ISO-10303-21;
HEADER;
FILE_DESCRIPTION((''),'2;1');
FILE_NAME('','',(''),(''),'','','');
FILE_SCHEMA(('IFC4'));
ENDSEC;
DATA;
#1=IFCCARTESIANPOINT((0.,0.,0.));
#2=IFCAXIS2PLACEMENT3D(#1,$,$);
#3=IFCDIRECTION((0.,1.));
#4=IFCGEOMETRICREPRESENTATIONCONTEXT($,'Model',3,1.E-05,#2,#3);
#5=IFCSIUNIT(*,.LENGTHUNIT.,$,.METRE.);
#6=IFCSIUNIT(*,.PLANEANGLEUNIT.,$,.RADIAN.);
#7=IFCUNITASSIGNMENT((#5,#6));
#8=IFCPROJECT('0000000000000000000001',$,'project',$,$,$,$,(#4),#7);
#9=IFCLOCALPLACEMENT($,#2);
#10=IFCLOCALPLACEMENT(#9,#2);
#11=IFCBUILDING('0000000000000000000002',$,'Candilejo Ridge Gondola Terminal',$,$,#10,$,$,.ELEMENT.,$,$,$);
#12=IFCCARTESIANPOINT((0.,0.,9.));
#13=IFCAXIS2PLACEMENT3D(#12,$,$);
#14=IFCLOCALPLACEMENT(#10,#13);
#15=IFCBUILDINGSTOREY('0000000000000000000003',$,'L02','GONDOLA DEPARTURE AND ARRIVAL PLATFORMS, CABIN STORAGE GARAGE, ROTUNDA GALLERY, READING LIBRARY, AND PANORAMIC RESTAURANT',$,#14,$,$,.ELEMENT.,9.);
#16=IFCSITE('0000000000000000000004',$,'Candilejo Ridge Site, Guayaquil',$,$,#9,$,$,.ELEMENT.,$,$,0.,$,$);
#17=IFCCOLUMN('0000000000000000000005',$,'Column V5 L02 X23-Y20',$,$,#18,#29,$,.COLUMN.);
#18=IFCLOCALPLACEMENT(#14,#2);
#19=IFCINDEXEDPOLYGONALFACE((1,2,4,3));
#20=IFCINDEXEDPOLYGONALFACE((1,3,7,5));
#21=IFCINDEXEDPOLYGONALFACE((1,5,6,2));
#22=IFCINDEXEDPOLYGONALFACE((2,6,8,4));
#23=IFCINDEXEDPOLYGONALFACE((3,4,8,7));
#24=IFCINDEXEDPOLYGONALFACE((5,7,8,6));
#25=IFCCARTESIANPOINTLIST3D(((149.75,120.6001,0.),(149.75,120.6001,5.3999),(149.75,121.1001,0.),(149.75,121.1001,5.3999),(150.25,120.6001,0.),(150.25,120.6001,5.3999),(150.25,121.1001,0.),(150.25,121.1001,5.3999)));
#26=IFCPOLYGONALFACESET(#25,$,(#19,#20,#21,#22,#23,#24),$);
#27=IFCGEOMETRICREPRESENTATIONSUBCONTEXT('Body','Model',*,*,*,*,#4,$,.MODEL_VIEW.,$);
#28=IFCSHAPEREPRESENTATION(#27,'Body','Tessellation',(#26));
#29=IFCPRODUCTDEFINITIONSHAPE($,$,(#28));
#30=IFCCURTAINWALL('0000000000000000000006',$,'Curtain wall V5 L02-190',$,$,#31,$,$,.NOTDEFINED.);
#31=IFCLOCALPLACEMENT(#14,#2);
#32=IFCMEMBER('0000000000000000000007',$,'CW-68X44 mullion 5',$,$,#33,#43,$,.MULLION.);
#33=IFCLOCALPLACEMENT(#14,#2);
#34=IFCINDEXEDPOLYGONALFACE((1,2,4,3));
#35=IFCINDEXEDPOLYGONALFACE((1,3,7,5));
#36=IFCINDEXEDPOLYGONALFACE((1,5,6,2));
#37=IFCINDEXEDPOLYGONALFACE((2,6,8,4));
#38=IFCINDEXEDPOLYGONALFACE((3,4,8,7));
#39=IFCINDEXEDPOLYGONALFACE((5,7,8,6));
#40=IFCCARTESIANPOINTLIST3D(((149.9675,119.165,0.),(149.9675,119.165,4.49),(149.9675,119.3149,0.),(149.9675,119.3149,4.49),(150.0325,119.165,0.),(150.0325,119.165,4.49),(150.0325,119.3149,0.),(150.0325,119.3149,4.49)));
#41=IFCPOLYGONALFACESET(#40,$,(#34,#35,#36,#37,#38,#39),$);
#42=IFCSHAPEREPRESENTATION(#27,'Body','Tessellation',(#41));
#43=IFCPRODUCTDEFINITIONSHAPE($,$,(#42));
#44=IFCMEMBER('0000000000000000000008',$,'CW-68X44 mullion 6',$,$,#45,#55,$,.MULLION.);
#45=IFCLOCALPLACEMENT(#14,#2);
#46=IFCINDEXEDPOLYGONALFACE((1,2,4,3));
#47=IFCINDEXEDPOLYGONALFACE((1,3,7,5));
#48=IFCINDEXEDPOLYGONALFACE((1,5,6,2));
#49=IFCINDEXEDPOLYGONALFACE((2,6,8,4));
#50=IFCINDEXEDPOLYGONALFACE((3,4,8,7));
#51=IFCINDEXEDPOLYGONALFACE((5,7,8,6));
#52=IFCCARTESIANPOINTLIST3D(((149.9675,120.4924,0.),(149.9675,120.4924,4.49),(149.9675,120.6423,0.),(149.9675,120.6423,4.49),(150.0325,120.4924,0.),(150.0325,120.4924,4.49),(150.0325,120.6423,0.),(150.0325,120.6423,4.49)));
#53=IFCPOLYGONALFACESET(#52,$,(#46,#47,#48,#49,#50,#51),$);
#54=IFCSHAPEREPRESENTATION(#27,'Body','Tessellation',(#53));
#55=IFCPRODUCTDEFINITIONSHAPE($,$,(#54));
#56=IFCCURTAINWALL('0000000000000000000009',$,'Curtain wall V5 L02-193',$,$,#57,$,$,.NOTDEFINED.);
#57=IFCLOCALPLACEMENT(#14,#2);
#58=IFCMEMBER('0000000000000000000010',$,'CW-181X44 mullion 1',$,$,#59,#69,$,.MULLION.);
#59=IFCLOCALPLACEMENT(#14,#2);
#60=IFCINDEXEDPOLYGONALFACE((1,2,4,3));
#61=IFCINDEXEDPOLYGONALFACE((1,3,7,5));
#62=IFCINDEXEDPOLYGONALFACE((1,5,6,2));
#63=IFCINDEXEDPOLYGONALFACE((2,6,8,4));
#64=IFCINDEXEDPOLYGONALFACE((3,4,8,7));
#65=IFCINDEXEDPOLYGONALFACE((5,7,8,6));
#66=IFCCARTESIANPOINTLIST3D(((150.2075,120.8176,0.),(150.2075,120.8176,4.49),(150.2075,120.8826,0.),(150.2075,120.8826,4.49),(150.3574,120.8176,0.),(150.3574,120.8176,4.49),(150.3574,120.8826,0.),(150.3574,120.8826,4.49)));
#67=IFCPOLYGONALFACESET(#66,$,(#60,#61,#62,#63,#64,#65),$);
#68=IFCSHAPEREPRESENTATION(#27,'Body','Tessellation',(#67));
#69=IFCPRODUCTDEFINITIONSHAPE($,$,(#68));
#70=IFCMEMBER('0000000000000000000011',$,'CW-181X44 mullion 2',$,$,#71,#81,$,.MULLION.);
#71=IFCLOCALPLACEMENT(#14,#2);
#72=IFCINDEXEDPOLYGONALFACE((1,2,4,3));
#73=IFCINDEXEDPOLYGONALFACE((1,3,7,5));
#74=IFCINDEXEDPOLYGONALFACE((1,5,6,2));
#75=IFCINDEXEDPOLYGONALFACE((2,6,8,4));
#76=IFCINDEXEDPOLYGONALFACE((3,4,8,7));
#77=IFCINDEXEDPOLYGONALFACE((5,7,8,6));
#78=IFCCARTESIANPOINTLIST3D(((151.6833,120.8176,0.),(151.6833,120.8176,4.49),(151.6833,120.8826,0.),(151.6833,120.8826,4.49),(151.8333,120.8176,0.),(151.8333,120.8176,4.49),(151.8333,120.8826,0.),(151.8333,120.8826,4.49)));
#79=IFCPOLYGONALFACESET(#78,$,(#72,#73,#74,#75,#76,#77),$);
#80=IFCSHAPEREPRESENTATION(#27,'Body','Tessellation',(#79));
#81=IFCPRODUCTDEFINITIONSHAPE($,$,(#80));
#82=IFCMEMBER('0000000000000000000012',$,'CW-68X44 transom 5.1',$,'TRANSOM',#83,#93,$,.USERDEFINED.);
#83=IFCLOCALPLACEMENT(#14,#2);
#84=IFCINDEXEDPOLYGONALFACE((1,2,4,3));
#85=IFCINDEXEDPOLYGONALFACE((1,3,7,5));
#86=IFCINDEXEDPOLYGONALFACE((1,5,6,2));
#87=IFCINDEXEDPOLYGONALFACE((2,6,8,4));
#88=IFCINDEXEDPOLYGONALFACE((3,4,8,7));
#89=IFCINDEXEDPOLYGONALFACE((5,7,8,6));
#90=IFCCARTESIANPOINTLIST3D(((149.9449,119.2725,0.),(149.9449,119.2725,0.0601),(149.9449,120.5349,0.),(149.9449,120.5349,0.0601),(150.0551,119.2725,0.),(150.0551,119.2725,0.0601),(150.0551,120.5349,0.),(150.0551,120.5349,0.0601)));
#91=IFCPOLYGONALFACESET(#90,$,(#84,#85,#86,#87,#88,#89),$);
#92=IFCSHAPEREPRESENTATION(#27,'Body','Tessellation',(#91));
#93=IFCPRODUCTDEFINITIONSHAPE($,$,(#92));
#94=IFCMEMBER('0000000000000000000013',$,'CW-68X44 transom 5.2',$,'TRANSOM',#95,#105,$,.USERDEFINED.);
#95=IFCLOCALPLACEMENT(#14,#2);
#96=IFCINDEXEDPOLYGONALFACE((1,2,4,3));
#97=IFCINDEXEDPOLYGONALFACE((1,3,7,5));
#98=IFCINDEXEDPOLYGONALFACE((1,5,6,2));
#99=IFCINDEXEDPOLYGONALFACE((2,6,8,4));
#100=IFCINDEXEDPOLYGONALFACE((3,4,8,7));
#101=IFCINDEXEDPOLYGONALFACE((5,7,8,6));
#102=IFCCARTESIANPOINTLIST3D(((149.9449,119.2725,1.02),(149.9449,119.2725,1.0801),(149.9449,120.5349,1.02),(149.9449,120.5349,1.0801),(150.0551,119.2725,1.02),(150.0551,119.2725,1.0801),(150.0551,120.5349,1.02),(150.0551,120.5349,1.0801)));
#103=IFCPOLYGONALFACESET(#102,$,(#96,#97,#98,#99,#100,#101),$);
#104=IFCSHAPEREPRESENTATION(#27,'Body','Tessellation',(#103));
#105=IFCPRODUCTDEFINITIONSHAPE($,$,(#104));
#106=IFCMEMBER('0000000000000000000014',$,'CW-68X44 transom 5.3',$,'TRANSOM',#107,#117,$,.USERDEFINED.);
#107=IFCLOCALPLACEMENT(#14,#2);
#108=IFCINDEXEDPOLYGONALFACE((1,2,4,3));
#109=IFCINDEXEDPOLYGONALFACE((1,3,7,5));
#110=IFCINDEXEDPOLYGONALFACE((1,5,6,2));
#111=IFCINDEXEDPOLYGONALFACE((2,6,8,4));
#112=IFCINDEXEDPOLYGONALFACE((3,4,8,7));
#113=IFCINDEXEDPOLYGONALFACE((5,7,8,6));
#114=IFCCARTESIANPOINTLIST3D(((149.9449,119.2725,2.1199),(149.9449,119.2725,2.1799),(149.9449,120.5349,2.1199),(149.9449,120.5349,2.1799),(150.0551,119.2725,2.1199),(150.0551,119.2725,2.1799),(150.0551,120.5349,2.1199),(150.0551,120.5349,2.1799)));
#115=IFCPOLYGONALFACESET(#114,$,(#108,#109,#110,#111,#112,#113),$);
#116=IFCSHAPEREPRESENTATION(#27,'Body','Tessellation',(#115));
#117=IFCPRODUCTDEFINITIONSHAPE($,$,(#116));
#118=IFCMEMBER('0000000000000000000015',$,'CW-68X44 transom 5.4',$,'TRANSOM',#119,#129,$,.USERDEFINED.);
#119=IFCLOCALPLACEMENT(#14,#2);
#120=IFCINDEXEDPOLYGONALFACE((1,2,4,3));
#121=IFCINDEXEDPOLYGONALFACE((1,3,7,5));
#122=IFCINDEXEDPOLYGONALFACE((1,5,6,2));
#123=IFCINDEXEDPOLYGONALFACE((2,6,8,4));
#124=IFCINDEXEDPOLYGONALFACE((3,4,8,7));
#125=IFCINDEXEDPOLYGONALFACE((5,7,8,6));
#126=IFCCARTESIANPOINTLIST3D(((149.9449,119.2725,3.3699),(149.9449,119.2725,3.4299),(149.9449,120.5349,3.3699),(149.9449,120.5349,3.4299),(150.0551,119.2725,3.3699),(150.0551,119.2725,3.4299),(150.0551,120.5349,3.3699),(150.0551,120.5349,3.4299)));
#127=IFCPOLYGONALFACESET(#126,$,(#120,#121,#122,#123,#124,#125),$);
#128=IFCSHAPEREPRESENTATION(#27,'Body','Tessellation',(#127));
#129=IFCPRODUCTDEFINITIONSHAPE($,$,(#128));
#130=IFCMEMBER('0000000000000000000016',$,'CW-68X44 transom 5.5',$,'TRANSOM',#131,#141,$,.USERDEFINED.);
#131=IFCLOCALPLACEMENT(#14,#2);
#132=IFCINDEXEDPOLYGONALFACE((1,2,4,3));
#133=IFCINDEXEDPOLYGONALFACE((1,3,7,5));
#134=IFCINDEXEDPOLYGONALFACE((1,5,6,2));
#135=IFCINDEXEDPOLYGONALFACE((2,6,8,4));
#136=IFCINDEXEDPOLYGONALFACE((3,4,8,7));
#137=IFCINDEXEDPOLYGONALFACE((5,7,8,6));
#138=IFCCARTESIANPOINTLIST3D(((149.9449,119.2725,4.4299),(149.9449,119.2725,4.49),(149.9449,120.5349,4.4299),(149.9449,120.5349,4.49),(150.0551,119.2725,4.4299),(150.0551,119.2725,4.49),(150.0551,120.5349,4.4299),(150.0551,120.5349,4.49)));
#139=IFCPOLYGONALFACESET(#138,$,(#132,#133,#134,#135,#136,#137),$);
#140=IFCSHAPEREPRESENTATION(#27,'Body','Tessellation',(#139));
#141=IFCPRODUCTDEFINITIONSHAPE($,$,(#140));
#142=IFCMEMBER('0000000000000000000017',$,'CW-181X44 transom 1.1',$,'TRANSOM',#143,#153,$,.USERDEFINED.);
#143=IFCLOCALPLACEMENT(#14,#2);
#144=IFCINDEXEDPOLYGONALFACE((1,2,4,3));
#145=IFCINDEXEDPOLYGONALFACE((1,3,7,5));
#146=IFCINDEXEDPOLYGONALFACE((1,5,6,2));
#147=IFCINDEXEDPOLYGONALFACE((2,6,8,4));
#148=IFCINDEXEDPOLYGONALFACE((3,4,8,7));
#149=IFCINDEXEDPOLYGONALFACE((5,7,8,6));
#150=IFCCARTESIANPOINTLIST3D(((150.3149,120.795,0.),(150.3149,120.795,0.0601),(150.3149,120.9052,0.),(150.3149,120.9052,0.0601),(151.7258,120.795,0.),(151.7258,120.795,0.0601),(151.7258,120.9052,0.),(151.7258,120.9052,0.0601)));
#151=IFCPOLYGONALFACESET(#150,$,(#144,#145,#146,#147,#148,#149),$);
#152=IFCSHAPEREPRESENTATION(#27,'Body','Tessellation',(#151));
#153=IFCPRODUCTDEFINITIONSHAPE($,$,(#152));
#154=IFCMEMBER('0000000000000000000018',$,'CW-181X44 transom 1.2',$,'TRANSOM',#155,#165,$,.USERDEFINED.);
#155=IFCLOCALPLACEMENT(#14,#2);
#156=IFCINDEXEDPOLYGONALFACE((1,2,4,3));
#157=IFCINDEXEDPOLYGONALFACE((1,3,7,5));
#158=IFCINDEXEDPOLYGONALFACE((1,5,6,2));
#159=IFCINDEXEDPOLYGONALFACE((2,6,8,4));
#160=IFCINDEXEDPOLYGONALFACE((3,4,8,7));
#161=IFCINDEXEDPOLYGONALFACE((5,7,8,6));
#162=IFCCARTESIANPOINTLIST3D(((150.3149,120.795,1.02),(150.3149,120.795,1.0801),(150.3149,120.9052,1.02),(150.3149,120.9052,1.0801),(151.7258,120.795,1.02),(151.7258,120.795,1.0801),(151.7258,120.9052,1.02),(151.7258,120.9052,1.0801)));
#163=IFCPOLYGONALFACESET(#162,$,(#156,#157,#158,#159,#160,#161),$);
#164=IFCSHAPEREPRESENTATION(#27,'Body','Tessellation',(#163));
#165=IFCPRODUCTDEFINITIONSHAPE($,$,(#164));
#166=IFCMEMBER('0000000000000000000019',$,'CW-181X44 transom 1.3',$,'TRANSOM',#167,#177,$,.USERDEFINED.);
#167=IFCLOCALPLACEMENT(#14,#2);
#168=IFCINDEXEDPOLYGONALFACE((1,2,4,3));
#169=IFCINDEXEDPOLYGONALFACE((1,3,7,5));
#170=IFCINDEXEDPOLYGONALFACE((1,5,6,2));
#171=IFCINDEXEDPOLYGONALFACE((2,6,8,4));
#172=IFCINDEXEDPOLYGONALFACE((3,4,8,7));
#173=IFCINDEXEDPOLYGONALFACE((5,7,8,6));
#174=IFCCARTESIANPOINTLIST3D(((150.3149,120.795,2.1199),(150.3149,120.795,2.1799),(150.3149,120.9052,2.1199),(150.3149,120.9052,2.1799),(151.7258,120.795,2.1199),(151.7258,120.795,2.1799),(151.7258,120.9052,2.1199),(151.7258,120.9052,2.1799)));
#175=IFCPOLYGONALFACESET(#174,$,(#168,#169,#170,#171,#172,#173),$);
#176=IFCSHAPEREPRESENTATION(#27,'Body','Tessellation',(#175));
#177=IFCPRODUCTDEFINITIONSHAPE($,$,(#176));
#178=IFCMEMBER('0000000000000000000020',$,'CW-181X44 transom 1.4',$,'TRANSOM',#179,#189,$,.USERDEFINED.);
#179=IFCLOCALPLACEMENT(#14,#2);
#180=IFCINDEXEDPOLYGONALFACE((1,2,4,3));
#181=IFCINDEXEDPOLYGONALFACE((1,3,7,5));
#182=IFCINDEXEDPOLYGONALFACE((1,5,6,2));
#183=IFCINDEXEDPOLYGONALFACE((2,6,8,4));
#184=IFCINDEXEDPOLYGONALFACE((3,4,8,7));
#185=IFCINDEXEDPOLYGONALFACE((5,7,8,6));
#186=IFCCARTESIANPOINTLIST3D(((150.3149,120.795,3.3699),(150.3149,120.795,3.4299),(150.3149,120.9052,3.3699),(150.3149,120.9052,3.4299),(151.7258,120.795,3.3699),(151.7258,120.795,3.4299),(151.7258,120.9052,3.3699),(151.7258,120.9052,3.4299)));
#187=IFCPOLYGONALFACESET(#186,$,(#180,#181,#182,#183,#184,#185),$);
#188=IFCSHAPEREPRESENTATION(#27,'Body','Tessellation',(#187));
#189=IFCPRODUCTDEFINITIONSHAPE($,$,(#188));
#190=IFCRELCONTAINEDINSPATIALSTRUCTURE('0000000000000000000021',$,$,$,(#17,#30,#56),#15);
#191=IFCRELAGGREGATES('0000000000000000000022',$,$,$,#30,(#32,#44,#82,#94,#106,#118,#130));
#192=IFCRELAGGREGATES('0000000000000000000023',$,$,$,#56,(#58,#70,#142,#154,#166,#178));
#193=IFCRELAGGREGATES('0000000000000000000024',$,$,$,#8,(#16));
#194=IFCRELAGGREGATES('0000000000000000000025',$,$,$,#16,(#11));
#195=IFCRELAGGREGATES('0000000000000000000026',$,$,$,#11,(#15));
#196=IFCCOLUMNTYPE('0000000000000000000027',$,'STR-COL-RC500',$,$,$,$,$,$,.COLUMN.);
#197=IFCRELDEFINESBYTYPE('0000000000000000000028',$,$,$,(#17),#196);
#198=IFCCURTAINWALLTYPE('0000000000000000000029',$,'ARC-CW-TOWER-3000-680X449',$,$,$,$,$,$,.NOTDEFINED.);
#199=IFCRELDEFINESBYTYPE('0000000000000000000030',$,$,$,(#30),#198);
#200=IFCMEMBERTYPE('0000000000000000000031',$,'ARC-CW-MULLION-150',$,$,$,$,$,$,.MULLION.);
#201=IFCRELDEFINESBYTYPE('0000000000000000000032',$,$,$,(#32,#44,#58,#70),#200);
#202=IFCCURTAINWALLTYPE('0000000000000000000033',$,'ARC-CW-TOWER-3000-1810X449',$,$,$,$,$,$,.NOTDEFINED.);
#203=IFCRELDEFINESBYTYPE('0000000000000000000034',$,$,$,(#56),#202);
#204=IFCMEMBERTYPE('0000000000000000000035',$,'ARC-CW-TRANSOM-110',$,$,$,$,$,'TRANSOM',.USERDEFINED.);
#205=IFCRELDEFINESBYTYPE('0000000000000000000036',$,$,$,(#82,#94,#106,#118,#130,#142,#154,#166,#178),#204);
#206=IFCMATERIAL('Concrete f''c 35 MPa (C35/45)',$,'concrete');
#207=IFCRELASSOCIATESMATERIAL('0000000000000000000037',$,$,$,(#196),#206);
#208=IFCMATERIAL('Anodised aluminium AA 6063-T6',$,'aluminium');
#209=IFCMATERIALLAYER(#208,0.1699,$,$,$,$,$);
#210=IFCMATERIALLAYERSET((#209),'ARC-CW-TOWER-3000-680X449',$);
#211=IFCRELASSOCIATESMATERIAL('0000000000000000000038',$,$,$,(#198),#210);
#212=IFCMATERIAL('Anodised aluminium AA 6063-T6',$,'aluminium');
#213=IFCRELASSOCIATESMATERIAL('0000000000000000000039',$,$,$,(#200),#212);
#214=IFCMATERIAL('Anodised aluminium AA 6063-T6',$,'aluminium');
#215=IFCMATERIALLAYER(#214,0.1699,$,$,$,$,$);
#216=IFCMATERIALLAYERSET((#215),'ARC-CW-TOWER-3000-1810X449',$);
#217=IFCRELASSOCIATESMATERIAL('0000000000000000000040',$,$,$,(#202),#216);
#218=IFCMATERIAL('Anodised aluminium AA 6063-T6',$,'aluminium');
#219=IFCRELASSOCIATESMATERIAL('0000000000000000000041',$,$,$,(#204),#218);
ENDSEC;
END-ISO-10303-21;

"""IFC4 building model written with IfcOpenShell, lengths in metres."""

from ifc_helpers import new_model, si_unit, direction, frame, origin, origin_2d, place, context, subcontext, project, spatial, rectangle, extrude, material, layer, layer_set, material_profile, profile_set, type_object, element, aggregate, save


model = new_model("IFC4")

# Units and contexts
model_context = context("Model", 3, precision=1e-05, world=origin(), true_north=direction((0.0, 1.0)))
body_context = subcontext(model_context, "Body", "Model", "MODEL_VIEW")
ifc_project = project(units=[si_unit("LENGTHUNIT", "METRE"), si_unit("PLANEANGLEUNIT", "RADIAN")], contexts=[model_context])

# Site, building, storey
site_placement = place(None, origin())
site = spatial("IfcSite", under=ifc_project, at=site_placement, Name="Candilejo Ridge Site, Guayaquil", CompositionType="ELEMENT", RefElevation=0.0)
building_placement = place(site_placement, origin())
building = spatial("IfcBuilding", under=site, at=building_placement, Name="Candilejo Ridge Gondola Terminal", CompositionType="ELEMENT")
storey_placement = place(building_placement, frame((0.0, 0.0, 9.0)))
storey = spatial("IfcBuildingStorey", under=building, at=storey_placement, Name="L02", Description="GONDOLA DEPARTURE AND ARRIVAL PLATFORMS, CABIN STORAGE GARAGE, ROTUNDA GALLERY, READING LIBRARY, AND PANORAMIC RESTAURANT", CompositionType="ELEMENT", Elevation=9.0)

# Column
ifc_material_1 = material(Name="Concrete f'c 35 MPa (C35/45)", Category="concrete")
ifc_material_profile_1 = material_profile(ifc_material_1, rectangle(XDim=0.5, YDim=0.5, at=origin_2d()))
ifc_profile_set_1 = profile_set([ifc_material_profile_1], Name="Concrete f'c 35 MPa (C35/45)")
column_type = type_object("IfcColumnType", Name="STR-COL-RC500", PredefinedType="COLUMN", material=ifc_profile_set_1)
column_placement = place(storey_placement, frame((150.0, 120.8501, 0.0), z_axis=(0.0, 0.0, 1.0), x_axis=(1.0, 0.0, 0.0)))
element("IfcColumn", 1, at=column_placement, inside=storey, type_object=column_type, Name="Column V5 L02 X23-Y20", PredefinedType="COLUMN", context=body_context, shape_type="SweptSolid", body=[
    extrude(rectangle(XDim=0.5, YDim=0.5, at=origin_2d()), origin(), (0.0, 0.0, 1.0), 5.3999),
])

# Curtain walls, members
ifc_material_2 = material(Name="Anodised aluminium AA 6063-T6", Category="aluminium")
ifc_layer_1 = layer(ifc_material_2, 0.1699)
ifc_layer_set_1 = layer_set([ifc_layer_1], Name="ARC-CW-TOWER-3000-680X449")
curtain_wall_type_1 = type_object("IfcCurtainWallType", Name="ARC-CW-TOWER-3000-680X449", PredefinedType="NOTDEFINED", material=ifc_layer_set_1)
curtain_wall_1_placement = place(storey_placement, origin())
curtain_wall_1 = element("IfcCurtainWall", 2, at=curtain_wall_1_placement, inside=storey, type_object=curtain_wall_type_1, Name="Curtain wall V5 L02-190", PredefinedType="NOTDEFINED")
ifc_material_3 = material(Name="Anodised aluminium AA 6063-T6", Category="aluminium")
ifc_material_profile_2 = material_profile(ifc_material_3, rectangle(XDim=0.0649, YDim=0.1499, at=origin_2d()))
ifc_profile_set_2 = profile_set([ifc_material_profile_2], Name="Anodised aluminium AA 6063-T6")
member_type_1 = type_object("IfcMemberType", Name="ARC-CW-MULLION-150", PredefinedType="MULLION", material=ifc_profile_set_2)
member_1_placement = place(storey_placement, frame((150.0, 119.24, 0.0), z_axis=(0.0, 0.0, 1.0), x_axis=(-1.0, 0.0, 0.0)))
member_1 = element("IfcMember", 3, at=member_1_placement, type_object=member_type_1, Name="CW-68X44 mullion 5", PredefinedType="MULLION", context=body_context, shape_type="SweptSolid", body=[
    extrude(rectangle(XDim=0.0649, YDim=0.1499, at=origin_2d()), origin(), (0.0, 0.0, 1.0), 4.49),
])
member_2_placement = place(storey_placement, frame((150.0, 120.5674, 0.0), z_axis=(0.0, 0.0, 1.0), x_axis=(-1.0, 0.0, 0.0)))
member_2 = element("IfcMember", 4, at=member_2_placement, type_object=member_type_1, Name="CW-68X44 mullion 6", PredefinedType="MULLION", context=body_context, shape_type="SweptSolid", body=[
    extrude(rectangle(XDim=0.0649, YDim=0.1499, at=origin_2d()), origin(), (0.0, 0.0, 1.0), 4.49),
])
ifc_material_4 = material(Name="Anodised aluminium AA 6063-T6", Category="aluminium")
ifc_layer_2 = layer(ifc_material_4, 0.1699)
ifc_layer_set_2 = layer_set([ifc_layer_2], Name="ARC-CW-TOWER-3000-1810X449")
curtain_wall_type_2 = type_object("IfcCurtainWallType", Name="ARC-CW-TOWER-3000-1810X449", PredefinedType="NOTDEFINED", material=ifc_layer_set_2)
curtain_wall_2_placement = place(storey_placement, origin())
curtain_wall_2 = element("IfcCurtainWall", 5, at=curtain_wall_2_placement, inside=storey, type_object=curtain_wall_type_2, Name="Curtain wall V5 L02-193", PredefinedType="NOTDEFINED")
member_3_placement = place(storey_placement, frame((150.2825, 120.8501, 0.0), z_axis=(0.0, 0.0, 1.0), x_axis=(0.0, 1.0, 0.0)))
member_3 = element("IfcMember", 6, at=member_3_placement, type_object=member_type_1, Name="CW-181X44 mullion 1", PredefinedType="MULLION", context=body_context, shape_type="SweptSolid", body=[
    extrude(rectangle(XDim=0.0649, YDim=0.1499, at=origin_2d()), origin(), (0.0, 0.0, 1.0), 4.49),
])
member_4_placement = place(storey_placement, frame((151.7583, 120.8501, 0.0), z_axis=(0.0, 0.0, 1.0), x_axis=(0.0, 1.0, 0.0)))
member_4 = element("IfcMember", 7, at=member_4_placement, type_object=member_type_1, Name="CW-181X44 mullion 2", PredefinedType="MULLION", context=body_context, shape_type="SweptSolid", body=[
    extrude(rectangle(XDim=0.0649, YDim=0.1499, at=origin_2d()), origin(), (0.0, 0.0, 1.0), 4.49),
])

# Members
ifc_material_5 = material(Name="Anodised aluminium AA 6063-T6", Category="aluminium")
ifc_material_profile_3 = material_profile(ifc_material_5, rectangle(XDim=0.1101, YDim=0.0601, at=origin_2d()))
ifc_profile_set_3 = profile_set([ifc_material_profile_3], Name="Anodised aluminium AA 6063-T6")
member_type_2 = type_object("IfcMemberType", Name="ARC-CW-TRANSOM-110", ElementType="TRANSOM", PredefinedType="USERDEFINED", material=ifc_profile_set_3)
member_5_placement = place(storey_placement, frame((150.0, 119.2725, 0.03), z_axis=(0.0, 1.0, 0.0), x_axis=(-1.0, 0.0, 0.0)))
member_5 = element("IfcMember", 8, at=member_5_placement, type_object=member_type_2, Name="CW-68X44 transom 5.1", ObjectType="TRANSOM", PredefinedType="USERDEFINED", context=body_context, shape_type="SweptSolid", body=[
    extrude(rectangle(XDim=0.1101, YDim=0.0601, at=origin_2d()), origin(), (0.0, 0.0, 1.0), 1.2625),
])
member_6_placement = place(storey_placement, frame((150.0, 119.2725, 1.05), z_axis=(0.0, 1.0, 0.0), x_axis=(-1.0, 0.0, 0.0)))
member_6 = element("IfcMember", 9, at=member_6_placement, type_object=member_type_2, Name="CW-68X44 transom 5.2", ObjectType="TRANSOM", PredefinedType="USERDEFINED", context=body_context, shape_type="SweptSolid", body=[
    extrude(rectangle(XDim=0.1101, YDim=0.0601, at=origin_2d()), origin(), (0.0, 0.0, 1.0), 1.2625),
])
member_7_placement = place(storey_placement, frame((150.0, 119.2725, 2.1499), z_axis=(0.0, 1.0, 0.0), x_axis=(-1.0, 0.0, 0.0)))
member_7 = element("IfcMember", 10, at=member_7_placement, type_object=member_type_2, Name="CW-68X44 transom 5.3", ObjectType="TRANSOM", PredefinedType="USERDEFINED", context=body_context, shape_type="SweptSolid", body=[
    extrude(rectangle(XDim=0.1101, YDim=0.0601, at=origin_2d()), origin(), (0.0, 0.0, 1.0), 1.2625),
])
member_8_placement = place(storey_placement, frame((150.0, 119.2725, 3.3999), z_axis=(0.0, 1.0, 0.0), x_axis=(-1.0, 0.0, 0.0)))
member_8 = element("IfcMember", 11, at=member_8_placement, type_object=member_type_2, Name="CW-68X44 transom 5.4", ObjectType="TRANSOM", PredefinedType="USERDEFINED", context=body_context, shape_type="SweptSolid", body=[
    extrude(rectangle(XDim=0.1101, YDim=0.0601, at=origin_2d()), origin(), (0.0, 0.0, 1.0), 1.2625),
])
member_9_placement = place(storey_placement, frame((150.0, 119.2725, 4.46), z_axis=(0.0, 1.0, 0.0), x_axis=(-1.0, 0.0, 0.0)))
member_9 = element("IfcMember", 12, at=member_9_placement, type_object=member_type_2, Name="CW-68X44 transom 5.5", ObjectType="TRANSOM", PredefinedType="USERDEFINED", context=body_context, shape_type="SweptSolid", body=[
    extrude(rectangle(XDim=0.1101, YDim=0.0601, at=origin_2d()), origin(), (0.0, 0.0, 1.0), 1.2625),
])
member_10_placement = place(storey_placement, frame((150.3149, 120.8501, 0.03), z_axis=(1.0, 0.0, 0.0), x_axis=(0.0, 1.0, 0.0)))
member_10 = element("IfcMember", 13, at=member_10_placement, type_object=member_type_2, Name="CW-181X44 transom 1.1", ObjectType="TRANSOM", PredefinedType="USERDEFINED", context=body_context, shape_type="SweptSolid", body=[
    extrude(rectangle(XDim=0.1101, YDim=0.0601, at=origin_2d()), origin(), (0.0, 0.0, 1.0), 1.4109),
])
member_11_placement = place(storey_placement, frame((150.3149, 120.8501, 1.05), z_axis=(1.0, 0.0, 0.0), x_axis=(0.0, 1.0, 0.0)))
member_11 = element("IfcMember", 14, at=member_11_placement, type_object=member_type_2, Name="CW-181X44 transom 1.2", ObjectType="TRANSOM", PredefinedType="USERDEFINED", context=body_context, shape_type="SweptSolid", body=[
    extrude(rectangle(XDim=0.1101, YDim=0.0601, at=origin_2d()), origin(), (0.0, 0.0, 1.0), 1.4109),
])
member_12_placement = place(storey_placement, frame((150.3149, 120.8501, 2.1499), z_axis=(1.0, 0.0, 0.0), x_axis=(0.0, 1.0, 0.0)))
member_12 = element("IfcMember", 15, at=member_12_placement, type_object=member_type_2, Name="CW-181X44 transom 1.3", ObjectType="TRANSOM", PredefinedType="USERDEFINED", context=body_context, shape_type="SweptSolid", body=[
    extrude(rectangle(XDim=0.1101, YDim=0.0601, at=origin_2d()), origin(), (0.0, 0.0, 1.0), 1.4109),
])
member_13_placement = place(storey_placement, frame((150.3149, 120.8501, 3.3999), z_axis=(1.0, 0.0, 0.0), x_axis=(0.0, 1.0, 0.0)))
member_13 = element("IfcMember", 16, at=member_13_placement, type_object=member_type_2, Name="CW-181X44 transom 1.4", ObjectType="TRANSOM", PredefinedType="USERDEFINED", context=body_context, shape_type="SweptSolid", body=[
    extrude(rectangle(XDim=0.1101, YDim=0.0601, at=origin_2d()), origin(), (0.0, 0.0, 1.0), 1.4109),
])

aggregate(curtain_wall_1, [member_1, member_2, member_5, member_6, member_7, member_8, member_9])
aggregate(curtain_wall_2, [member_3, member_4, member_10, member_11, member_12, member_13])

save(model, "model.ifc")
